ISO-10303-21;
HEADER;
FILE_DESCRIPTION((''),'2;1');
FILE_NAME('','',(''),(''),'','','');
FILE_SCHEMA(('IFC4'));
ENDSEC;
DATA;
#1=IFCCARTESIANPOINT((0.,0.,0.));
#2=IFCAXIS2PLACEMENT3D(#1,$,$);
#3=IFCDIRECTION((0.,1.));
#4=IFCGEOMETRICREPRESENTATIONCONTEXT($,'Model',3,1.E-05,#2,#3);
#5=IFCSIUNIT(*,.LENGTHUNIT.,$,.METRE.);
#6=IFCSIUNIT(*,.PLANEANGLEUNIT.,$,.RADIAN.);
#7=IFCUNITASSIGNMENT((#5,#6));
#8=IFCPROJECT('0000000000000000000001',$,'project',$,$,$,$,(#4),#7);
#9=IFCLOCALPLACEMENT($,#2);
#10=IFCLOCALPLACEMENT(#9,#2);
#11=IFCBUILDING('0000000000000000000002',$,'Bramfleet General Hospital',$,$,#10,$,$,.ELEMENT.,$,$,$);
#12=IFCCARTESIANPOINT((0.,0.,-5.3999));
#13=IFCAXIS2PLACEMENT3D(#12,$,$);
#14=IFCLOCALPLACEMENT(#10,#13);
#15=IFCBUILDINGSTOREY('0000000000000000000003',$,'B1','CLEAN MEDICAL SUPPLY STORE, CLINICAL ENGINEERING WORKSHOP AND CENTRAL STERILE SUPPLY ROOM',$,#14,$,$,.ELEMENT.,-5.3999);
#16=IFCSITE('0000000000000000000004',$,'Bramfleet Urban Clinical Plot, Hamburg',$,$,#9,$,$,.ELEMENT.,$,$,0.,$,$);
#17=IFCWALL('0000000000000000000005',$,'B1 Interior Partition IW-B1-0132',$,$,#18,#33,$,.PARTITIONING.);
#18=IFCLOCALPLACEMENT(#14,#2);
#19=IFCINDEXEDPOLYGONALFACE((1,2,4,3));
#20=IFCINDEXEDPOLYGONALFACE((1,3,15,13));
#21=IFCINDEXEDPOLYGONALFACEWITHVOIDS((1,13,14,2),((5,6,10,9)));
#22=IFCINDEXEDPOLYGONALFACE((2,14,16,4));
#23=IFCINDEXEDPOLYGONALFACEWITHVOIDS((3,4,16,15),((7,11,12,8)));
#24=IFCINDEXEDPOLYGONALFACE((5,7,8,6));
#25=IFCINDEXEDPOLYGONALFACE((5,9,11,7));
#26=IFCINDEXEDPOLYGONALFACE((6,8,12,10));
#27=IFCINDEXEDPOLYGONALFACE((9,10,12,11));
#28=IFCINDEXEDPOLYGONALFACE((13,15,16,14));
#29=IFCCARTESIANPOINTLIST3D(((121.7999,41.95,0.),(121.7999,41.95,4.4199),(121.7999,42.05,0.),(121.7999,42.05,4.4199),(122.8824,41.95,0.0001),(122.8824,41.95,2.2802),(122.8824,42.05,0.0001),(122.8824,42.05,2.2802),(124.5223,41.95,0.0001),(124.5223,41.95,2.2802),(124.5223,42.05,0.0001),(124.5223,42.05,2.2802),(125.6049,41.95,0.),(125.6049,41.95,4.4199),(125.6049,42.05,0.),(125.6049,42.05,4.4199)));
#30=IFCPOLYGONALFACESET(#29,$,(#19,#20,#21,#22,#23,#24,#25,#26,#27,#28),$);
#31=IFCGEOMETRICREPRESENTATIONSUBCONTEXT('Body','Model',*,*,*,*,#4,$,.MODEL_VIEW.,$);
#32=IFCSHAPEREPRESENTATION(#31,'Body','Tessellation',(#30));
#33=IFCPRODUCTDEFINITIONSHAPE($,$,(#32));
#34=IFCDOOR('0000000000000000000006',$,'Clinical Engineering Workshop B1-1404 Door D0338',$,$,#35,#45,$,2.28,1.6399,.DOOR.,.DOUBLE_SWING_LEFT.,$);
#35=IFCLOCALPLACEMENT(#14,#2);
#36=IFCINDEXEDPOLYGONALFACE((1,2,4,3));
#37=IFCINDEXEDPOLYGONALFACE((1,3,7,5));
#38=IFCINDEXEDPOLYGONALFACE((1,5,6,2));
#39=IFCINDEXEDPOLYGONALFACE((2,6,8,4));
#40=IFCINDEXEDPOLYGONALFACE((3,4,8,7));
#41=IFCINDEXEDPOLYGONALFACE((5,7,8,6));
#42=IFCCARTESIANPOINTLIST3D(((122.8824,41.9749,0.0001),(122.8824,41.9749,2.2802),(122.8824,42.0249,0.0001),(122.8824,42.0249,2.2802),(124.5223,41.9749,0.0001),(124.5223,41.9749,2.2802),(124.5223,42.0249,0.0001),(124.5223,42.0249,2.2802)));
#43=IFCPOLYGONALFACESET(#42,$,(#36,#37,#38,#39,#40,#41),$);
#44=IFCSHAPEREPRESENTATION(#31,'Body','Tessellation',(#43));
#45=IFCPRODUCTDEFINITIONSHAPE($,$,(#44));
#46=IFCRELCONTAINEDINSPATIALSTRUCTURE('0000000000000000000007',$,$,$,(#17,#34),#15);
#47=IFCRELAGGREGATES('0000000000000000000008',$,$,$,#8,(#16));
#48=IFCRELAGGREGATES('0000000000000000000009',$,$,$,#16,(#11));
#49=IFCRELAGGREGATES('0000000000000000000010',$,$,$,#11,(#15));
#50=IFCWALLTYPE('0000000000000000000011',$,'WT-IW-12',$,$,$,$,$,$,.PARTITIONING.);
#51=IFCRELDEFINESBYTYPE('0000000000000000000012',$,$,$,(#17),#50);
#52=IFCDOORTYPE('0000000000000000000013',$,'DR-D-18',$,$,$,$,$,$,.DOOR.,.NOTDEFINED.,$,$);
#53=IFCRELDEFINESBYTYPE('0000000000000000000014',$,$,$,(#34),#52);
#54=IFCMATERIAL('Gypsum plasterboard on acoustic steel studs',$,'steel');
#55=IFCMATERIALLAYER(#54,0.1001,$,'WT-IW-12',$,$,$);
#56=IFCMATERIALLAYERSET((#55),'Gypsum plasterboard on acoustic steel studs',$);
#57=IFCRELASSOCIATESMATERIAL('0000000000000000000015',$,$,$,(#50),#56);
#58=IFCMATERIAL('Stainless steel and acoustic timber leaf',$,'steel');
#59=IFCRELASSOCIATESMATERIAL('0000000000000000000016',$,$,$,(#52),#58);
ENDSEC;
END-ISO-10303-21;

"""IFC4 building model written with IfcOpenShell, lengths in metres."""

from ifc_helpers import new_model, si_unit, direction, frame, frame_2d, origin, place, context, subcontext, project, spatial, rectangle, extrude, material, layer, layer_set, type_object, element, fill, save


model = new_model("IFC4")

# Units and contexts
model_context = context("Model", 3, precision=1e-05, world=origin(), true_north=direction((0.0, 1.0)))
body_context = subcontext(model_context, "Body", "Model", "MODEL_VIEW")
ifc_project = project(units=[si_unit("LENGTHUNIT", "METRE"), si_unit("PLANEANGLEUNIT", "RADIAN")], contexts=[model_context])

# Site, building, storey
site_placement = place(None, origin())
site = spatial("IfcSite", under=ifc_project, at=site_placement, Name="Bramfleet Urban Clinical Plot, Hamburg", CompositionType="ELEMENT", RefElevation=0.0)
building_placement = place(site_placement, origin())
building = spatial("IfcBuilding", under=site, at=building_placement, Name="Bramfleet General Hospital", CompositionType="ELEMENT")
storey_placement = place(building_placement, frame((0.0, 0.0, -5.3999)))
storey = spatial("IfcBuildingStorey", under=building, at=storey_placement, Name="B1", Description="CLEAN MEDICAL SUPPLY STORE, CLINICAL ENGINEERING WORKSHOP AND CENTRAL STERILE SUPPLY ROOM", CompositionType="ELEMENT", Elevation=-5.3999)

# Shared definitions
ifc_material_1 = material(Name="Stainless steel and acoustic timber leaf", Category="steel")

# Wall, opening, door
ifc_material_2 = material(Name="Gypsum plasterboard on acoustic steel studs", Category="steel")
ifc_layer_1 = layer(ifc_material_2, 0.1001, Name="WT-IW-12")
ifc_layer_set_1 = layer_set([ifc_layer_1], Name="Gypsum plasterboard on acoustic steel studs")
wall_type_1 = type_object("IfcWallType", Name="WT-IW-12", PredefinedType="PARTITIONING", material=ifc_layer_set_1)
wall_1_placement = place(storey_placement, frame((121.8, 42.0, 0.0), z_axis=(0.0, 0.0, 1.0), x_axis=(1.0, 0.0, 0.0)))
wall_1 = element("IfcWall", 1, at=wall_1_placement, inside=storey, type_object=wall_type_1, Name="B1 Interior Partition IW-B1-0132", PredefinedType="PARTITIONING", context=body_context, shape_type="SweptSolid", body=[
    extrude(rectangle(XDim=3.8049, YDim=0.1001, at=frame_2d((1.9023, 0.0))), origin(), (0.0, 0.0, 1.0), 4.4199),
])
opening_1_placement = place(wall_1_placement, frame((1.0825, 0.0, 0.0)))
opening_1 = element("IfcOpeningElement", 2, at=opening_1_placement, cuts=wall_1, PredefinedType="OPENING", context=body_context, shape_type="SweptSolid", body=[
    extrude(rectangle(XDim=1.6399, YDim=2.28, at=frame_2d((0.8198, 1.1401))), frame((0.0, 0.0601, 0.0), z_axis=(0.0, -1.0, 0.0), x_axis=(1.0, 0.0, 0.0)), (0.0, 0.0, 1.0), 0.1201),
])
door_type_1 = type_object("IfcDoorType", Name="DR-D-18", OperationType="NOTDEFINED", PredefinedType="DOOR", material=ifc_material_1)
door_1_placement = place(opening_1_placement, origin())
door_1 = element("IfcDoor", 3, at=door_1_placement, inside=storey, type_object=door_type_1, Name="Clinical Engineering Workshop B1-1404 Door D0338", OperationType="DOUBLE_SWING_LEFT", OverallHeight=2.28, OverallWidth=1.6399, PredefinedType="DOOR", context=body_context, shape_type="SweptSolid", body=[
    extrude(rectangle(XDim=1.6399, YDim=2.28, at=frame_2d((0.8198, 1.1401))), frame((0.0, 0.0249, 0.0), z_axis=(0.0, -1.0, 0.0), x_axis=(1.0, 0.0, 0.0)), (0.0, 0.0, 1.0), 0.05),
])
fill(opening_1, door_1)

save(model, "model.ifc")
